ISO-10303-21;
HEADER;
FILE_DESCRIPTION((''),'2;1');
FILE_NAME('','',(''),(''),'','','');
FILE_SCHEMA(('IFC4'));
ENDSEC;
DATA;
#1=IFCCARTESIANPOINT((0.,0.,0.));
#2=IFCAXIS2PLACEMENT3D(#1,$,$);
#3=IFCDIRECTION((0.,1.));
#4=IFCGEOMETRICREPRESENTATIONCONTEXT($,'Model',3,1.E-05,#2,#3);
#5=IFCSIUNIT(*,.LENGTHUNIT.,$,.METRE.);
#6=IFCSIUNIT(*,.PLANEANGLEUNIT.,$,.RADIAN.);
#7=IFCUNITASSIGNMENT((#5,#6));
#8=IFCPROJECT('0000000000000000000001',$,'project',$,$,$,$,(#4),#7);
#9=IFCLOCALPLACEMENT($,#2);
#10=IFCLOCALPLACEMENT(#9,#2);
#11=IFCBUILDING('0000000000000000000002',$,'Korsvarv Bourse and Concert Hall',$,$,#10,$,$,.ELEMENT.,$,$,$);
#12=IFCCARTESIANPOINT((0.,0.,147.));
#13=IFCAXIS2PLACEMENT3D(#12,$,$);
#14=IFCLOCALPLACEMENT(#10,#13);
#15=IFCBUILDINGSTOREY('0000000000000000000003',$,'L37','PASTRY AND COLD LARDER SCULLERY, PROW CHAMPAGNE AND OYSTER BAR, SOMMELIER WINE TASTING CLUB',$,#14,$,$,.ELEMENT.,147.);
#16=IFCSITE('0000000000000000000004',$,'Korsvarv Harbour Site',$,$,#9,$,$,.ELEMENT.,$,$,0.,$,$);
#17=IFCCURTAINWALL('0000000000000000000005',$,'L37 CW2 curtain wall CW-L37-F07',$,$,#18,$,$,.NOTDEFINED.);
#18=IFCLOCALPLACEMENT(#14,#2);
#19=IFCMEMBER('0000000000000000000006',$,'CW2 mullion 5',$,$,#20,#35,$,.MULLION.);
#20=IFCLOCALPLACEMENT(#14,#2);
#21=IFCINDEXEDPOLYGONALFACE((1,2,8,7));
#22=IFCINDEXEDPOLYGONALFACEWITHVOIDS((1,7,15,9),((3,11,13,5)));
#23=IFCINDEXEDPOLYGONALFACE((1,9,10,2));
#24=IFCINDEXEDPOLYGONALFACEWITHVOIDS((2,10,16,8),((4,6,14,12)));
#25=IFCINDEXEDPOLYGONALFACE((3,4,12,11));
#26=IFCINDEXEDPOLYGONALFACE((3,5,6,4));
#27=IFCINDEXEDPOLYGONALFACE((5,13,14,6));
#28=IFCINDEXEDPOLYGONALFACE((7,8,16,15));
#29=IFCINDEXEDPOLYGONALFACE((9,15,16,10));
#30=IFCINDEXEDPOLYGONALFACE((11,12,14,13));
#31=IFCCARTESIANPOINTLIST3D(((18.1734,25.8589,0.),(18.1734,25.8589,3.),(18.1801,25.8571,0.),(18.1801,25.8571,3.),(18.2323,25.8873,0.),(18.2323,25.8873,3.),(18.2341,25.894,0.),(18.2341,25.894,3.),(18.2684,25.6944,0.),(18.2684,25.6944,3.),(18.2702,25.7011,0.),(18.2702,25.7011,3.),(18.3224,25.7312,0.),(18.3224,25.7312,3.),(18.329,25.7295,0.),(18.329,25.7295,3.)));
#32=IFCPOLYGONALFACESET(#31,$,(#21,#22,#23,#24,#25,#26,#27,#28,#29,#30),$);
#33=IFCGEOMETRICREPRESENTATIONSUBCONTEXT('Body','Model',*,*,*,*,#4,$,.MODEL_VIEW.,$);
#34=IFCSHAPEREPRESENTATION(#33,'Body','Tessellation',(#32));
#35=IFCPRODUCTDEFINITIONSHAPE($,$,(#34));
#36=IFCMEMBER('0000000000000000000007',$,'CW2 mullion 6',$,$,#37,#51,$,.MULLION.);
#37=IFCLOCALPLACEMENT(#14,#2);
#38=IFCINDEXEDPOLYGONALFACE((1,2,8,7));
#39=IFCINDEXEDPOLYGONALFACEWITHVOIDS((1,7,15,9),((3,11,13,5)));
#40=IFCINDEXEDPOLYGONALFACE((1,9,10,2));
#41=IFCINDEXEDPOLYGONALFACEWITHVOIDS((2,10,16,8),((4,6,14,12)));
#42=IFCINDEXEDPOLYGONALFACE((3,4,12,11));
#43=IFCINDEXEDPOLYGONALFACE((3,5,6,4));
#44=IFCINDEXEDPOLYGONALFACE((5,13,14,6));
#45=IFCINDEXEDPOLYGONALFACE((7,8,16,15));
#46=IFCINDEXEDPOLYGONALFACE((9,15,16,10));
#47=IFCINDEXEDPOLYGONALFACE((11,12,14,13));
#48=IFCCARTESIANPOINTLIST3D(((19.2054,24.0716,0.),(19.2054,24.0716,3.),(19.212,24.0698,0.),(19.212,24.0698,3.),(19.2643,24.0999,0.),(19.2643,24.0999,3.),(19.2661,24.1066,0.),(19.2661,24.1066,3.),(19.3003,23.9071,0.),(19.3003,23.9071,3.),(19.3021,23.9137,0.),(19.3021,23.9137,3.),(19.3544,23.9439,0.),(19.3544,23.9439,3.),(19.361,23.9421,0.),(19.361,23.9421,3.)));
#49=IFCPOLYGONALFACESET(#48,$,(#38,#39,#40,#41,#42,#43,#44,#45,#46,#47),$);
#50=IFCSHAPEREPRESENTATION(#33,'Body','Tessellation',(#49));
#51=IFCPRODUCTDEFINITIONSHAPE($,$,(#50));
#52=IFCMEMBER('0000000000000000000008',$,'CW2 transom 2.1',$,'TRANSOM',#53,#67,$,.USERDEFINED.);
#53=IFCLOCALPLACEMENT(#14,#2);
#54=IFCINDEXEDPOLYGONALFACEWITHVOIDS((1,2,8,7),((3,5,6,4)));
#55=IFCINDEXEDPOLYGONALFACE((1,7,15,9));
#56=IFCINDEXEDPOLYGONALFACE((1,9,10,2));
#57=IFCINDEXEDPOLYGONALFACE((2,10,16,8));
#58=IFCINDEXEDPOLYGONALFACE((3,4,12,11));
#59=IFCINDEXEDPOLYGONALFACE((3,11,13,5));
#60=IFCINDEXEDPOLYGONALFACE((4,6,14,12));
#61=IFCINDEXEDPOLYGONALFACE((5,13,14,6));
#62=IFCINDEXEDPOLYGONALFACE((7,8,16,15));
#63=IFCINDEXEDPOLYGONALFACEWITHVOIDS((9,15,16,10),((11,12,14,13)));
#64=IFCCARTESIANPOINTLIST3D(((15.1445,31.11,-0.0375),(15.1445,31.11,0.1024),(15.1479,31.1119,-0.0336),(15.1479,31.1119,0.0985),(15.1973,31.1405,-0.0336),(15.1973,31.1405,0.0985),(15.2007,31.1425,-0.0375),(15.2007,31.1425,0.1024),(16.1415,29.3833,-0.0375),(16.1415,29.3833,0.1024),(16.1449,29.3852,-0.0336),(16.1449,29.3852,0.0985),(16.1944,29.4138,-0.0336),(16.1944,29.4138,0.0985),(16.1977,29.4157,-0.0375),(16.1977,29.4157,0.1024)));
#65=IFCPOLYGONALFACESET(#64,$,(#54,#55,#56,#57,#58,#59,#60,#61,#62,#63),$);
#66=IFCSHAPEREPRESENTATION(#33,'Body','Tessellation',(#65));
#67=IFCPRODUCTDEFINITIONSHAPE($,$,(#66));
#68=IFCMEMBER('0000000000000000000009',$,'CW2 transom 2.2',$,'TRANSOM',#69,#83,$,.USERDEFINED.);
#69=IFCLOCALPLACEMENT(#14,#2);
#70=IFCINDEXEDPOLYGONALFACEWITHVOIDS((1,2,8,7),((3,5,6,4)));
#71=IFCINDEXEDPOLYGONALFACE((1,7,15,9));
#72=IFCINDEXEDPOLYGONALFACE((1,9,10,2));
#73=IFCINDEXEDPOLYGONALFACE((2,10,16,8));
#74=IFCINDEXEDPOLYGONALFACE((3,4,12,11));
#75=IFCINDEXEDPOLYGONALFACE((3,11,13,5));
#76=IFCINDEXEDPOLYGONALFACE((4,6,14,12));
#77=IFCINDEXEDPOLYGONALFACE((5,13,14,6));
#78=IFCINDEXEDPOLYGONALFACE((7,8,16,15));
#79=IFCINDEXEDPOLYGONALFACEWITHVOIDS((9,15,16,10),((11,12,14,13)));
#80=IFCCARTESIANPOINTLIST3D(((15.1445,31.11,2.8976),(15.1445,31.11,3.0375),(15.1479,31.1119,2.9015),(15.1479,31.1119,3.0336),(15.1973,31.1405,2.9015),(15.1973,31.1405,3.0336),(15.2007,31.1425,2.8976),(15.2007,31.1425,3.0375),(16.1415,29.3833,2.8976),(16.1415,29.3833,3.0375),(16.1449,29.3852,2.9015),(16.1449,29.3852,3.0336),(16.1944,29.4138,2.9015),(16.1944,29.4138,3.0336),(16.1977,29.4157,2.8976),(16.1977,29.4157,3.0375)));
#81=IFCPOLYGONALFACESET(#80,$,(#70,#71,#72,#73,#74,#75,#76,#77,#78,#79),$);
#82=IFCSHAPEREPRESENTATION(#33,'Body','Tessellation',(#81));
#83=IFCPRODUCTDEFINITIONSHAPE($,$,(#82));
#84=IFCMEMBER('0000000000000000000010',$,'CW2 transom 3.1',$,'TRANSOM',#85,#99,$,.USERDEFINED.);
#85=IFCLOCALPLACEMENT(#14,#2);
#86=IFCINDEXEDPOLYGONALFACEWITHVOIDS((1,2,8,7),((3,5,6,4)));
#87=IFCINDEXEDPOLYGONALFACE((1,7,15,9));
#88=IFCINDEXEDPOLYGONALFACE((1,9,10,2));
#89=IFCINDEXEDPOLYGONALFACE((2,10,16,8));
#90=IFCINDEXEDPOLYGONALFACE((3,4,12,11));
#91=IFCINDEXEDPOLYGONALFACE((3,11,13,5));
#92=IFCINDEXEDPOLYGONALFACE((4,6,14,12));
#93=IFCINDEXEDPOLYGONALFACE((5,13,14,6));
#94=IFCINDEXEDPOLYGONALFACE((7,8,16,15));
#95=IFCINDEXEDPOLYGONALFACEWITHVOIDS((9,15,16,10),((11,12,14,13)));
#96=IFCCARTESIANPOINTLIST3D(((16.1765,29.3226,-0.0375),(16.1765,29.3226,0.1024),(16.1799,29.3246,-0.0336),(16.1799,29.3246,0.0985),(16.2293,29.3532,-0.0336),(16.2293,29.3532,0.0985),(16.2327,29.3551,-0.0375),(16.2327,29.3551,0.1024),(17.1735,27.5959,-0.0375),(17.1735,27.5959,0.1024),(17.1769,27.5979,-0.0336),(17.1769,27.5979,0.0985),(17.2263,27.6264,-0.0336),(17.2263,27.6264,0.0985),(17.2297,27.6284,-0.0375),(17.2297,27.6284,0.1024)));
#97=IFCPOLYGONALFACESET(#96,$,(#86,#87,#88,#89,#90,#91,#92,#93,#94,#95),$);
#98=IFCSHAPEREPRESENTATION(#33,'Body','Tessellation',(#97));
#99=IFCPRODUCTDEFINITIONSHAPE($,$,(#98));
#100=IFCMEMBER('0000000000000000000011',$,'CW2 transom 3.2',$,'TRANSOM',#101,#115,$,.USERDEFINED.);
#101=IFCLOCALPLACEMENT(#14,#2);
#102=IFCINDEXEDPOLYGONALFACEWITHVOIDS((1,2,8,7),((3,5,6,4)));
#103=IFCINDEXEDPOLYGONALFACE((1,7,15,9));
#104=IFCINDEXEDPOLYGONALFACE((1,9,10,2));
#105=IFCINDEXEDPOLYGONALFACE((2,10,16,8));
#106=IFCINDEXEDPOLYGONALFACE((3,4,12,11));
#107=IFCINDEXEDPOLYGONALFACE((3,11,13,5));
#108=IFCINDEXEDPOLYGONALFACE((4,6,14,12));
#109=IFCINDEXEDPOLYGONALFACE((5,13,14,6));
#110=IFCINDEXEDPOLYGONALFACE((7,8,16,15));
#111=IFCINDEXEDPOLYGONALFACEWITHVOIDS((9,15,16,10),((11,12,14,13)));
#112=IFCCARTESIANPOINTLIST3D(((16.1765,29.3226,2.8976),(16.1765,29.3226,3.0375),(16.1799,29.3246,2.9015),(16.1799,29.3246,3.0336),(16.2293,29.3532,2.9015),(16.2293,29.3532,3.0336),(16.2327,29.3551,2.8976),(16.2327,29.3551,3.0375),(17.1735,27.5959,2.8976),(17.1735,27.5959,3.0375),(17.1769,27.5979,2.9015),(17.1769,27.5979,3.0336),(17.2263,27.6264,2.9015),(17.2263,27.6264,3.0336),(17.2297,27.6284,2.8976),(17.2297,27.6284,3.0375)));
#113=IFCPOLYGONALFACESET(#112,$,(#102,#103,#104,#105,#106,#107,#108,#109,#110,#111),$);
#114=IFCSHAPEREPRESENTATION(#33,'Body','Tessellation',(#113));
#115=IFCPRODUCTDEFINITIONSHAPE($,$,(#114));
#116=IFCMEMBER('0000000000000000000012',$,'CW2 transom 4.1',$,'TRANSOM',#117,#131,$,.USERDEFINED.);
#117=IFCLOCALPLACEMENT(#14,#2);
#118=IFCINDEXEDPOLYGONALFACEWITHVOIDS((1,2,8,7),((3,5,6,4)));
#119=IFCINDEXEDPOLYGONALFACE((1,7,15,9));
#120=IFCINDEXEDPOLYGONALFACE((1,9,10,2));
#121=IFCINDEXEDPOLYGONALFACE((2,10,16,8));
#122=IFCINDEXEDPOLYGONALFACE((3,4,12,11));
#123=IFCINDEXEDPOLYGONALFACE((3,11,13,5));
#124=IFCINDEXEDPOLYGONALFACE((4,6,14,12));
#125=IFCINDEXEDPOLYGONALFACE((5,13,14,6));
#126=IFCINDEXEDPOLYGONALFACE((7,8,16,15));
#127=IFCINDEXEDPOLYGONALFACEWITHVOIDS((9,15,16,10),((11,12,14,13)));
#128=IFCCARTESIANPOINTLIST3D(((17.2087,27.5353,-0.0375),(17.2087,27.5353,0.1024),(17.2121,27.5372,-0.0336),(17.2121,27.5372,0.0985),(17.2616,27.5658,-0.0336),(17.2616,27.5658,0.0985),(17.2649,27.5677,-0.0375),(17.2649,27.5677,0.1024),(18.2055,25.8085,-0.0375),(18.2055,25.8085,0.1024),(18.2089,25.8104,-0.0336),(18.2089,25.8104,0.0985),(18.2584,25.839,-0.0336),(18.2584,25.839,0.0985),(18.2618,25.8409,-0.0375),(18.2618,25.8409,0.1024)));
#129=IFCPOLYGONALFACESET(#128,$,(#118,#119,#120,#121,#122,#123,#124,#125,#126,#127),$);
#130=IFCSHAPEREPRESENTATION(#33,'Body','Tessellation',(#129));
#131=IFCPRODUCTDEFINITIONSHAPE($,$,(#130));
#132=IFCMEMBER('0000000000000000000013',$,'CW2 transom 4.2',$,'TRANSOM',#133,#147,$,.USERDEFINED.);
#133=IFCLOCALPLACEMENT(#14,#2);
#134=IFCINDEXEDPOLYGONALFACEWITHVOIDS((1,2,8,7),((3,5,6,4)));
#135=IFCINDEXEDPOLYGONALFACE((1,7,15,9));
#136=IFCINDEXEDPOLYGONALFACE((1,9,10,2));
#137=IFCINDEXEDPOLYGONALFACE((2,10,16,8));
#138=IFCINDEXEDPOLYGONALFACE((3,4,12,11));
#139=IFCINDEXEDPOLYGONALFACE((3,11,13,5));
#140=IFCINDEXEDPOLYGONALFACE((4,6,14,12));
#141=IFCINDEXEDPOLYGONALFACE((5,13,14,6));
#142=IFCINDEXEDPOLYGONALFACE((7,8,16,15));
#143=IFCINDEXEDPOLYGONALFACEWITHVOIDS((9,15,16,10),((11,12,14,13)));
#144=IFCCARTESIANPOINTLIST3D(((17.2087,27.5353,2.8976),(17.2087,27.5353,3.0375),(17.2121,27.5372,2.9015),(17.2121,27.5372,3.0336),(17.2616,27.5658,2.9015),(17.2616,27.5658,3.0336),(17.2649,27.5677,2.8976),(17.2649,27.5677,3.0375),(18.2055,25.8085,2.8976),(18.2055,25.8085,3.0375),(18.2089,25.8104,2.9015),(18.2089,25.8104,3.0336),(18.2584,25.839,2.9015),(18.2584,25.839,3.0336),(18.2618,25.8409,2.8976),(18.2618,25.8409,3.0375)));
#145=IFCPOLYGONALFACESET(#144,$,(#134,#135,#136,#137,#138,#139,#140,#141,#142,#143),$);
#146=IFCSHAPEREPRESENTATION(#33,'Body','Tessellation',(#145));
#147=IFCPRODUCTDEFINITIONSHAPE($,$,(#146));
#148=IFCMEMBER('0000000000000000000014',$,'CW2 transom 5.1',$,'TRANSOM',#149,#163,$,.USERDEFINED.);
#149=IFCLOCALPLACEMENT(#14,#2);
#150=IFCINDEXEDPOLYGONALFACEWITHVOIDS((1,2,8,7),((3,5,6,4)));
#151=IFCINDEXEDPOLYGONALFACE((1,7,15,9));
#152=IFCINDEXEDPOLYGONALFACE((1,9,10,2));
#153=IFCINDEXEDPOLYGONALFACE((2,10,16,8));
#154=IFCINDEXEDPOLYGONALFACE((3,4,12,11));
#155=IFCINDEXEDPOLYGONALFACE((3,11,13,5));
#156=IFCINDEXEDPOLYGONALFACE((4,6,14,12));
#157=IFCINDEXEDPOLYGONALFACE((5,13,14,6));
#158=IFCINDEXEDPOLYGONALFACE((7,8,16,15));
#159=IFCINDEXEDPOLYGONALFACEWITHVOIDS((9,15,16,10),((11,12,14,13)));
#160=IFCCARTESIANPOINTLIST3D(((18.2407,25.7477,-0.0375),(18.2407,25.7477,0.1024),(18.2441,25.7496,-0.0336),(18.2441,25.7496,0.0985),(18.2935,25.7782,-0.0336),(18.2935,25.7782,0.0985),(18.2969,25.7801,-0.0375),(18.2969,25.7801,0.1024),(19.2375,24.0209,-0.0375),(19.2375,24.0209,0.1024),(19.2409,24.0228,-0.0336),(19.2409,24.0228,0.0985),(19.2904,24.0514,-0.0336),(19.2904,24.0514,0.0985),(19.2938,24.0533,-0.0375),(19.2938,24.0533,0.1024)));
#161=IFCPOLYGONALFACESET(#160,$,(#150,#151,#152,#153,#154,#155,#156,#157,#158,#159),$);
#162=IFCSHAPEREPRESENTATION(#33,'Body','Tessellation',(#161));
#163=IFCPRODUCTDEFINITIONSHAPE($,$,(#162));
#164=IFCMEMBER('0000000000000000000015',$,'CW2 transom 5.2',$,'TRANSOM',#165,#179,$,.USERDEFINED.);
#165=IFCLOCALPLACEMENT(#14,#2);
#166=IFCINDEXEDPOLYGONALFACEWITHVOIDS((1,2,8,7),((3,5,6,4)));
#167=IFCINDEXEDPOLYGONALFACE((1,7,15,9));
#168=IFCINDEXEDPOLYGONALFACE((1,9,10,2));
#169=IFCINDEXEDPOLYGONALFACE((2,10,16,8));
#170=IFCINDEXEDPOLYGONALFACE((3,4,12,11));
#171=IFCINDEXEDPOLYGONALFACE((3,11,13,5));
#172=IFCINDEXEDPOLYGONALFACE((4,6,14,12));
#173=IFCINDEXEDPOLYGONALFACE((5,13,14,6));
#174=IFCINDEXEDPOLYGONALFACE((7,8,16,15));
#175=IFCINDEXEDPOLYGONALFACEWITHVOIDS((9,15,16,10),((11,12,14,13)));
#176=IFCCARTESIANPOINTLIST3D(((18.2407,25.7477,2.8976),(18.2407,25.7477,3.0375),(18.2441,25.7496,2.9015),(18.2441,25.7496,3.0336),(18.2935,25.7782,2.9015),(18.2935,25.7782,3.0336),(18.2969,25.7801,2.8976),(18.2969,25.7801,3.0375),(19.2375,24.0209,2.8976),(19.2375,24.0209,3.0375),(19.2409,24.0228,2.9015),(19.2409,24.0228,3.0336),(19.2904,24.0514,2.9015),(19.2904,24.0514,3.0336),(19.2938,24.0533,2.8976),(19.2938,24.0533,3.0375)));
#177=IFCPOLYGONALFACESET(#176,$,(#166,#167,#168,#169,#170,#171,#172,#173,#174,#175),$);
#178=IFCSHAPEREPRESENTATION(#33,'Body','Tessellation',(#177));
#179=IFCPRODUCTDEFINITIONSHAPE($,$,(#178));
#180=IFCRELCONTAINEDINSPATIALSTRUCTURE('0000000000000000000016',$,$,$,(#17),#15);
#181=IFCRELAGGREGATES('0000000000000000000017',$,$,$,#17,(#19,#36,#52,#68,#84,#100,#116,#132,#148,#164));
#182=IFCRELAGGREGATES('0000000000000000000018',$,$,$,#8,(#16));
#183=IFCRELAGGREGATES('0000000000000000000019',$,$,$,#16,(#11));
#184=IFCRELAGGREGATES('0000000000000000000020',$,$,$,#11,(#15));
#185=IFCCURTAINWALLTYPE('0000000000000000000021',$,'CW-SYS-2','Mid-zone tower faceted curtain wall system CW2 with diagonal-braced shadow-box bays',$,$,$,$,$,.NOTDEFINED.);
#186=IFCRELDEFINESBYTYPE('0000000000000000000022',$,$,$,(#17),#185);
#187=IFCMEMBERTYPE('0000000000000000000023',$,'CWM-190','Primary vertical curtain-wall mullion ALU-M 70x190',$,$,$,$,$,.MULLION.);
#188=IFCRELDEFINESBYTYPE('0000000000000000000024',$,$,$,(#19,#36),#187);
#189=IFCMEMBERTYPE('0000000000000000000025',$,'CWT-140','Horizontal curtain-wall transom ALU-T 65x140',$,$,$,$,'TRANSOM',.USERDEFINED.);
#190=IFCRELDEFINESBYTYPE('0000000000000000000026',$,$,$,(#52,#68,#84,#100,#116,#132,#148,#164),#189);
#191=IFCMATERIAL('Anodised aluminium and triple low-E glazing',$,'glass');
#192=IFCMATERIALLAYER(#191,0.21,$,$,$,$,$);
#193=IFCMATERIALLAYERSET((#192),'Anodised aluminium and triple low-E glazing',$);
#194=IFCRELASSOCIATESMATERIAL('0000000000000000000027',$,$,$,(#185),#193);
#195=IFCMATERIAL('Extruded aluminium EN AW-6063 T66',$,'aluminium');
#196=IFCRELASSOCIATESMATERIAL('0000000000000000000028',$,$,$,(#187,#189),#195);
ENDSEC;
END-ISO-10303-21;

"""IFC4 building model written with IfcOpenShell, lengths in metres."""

from ifc_helpers import new_model, si_unit, direction, frame, origin, origin_2d, place, context, subcontext, project, spatial, hollow_rectangle, extrude, source, transform, mapped, material, layer, layer_set, material_profile, profile_set, type_object, element, aggregate, save


model = new_model("IFC4")

# Units and contexts
model_context = context("Model", 3, precision=1e-05, world=origin(), true_north=direction((0.0, 1.0)))
body_context = subcontext(model_context, "Body", "Model", "MODEL_VIEW")
ifc_project = project(units=[si_unit("LENGTHUNIT", "METRE"), si_unit("PLANEANGLEUNIT", "RADIAN")], contexts=[model_context])

# Site, building, storey
site_placement = place(None, origin())
site = spatial("IfcSite", under=ifc_project, at=site_placement, Name="Korsvarv Harbour Site", CompositionType="ELEMENT", RefElevation=0.0)
building_placement = place(site_placement, origin())
building = spatial("IfcBuilding", under=site, at=building_placement, Name="Korsvarv Bourse and Concert Hall", CompositionType="ELEMENT")
storey_placement = place(building_placement, frame((0.0, 0.0, 147.0)))
storey = spatial("IfcBuildingStorey", under=building, at=storey_placement, Name="L37", Description="PASTRY AND COLD LARDER SCULLERY, PROW CHAMPAGNE AND OYSTER BAR, SOMMELIER WINE TASTING CLUB", CompositionType="ELEMENT", Elevation=147.0)

# Curtain wall, members
ifc_material_1 = material(Name="Anodised aluminium and triple low-E glazing", Category="glass")
ifc_layer_1 = layer(ifc_material_1, 0.21)
ifc_layer_set_1 = layer_set([ifc_layer_1], Name="Anodised aluminium and triple low-E glazing")
curtain_wall_type = type_object("IfcCurtainWallType", Name="CW-SYS-2", Description="Mid-zone tower faceted curtain wall system CW2 with diagonal-braced shadow-box bays", PredefinedType="NOTDEFINED", material=ifc_layer_set_1)
curtain_wall_placement = place(storey_placement, origin())
curtain_wall = element("IfcCurtainWall", 1, at=curtain_wall_placement, inside=storey, type_object=curtain_wall_type, Name="L37 CW2 curtain wall CW-L37-F07", PredefinedType="NOTDEFINED")
ifc_material_2 = material(Name="Extruded aluminium EN AW-6063 T66", Category="aluminium")
ifc_material_profile_1 = material_profile(ifc_material_2, hollow_rectangle(XDim=0.0701, YDim=0.1899, WallThickness=0.0049, at=origin_2d()), Name="ALU-M 70x190")
ifc_profile_set_1 = profile_set([ifc_material_profile_1], Name="Extruded aluminium EN AW-6063 T66")
member_type_1 = type_object("IfcMemberType", Name="CWM-190", Description="Primary vertical curtain-wall mullion ALU-M 70x190", PredefinedType="MULLION", material=ifc_profile_set_1)
shared_shape_1 = source(origin(), body_context, "Body", "SweptSolid", [
    extrude(hollow_rectangle(XDim=0.0701, YDim=0.1899, WallThickness=0.0049, at=origin_2d()), origin(), (0.0, 0.0, 1.0), 3.0),
])
member_1_placement = place(storey_placement, frame((18.2512, 25.7942, 0.0), z_axis=(0.0, 0.0, 1.0), x_axis=(0.866022, 0.500006, 0.0)))
member_1 = element("IfcMember", 2, at=member_1_placement, type_object=member_type_1, Name="CW2 mullion 5", PredefinedType="MULLION", context=body_context, shape_type="MappedRepresentation", body=[
    mapped(shared_shape_1, transform((0.0, 0.0, 0.0), scale=1.0)),
])
member_2_placement = place(storey_placement, frame((19.2832, 24.0068, 0.0), z_axis=(0.0, 0.0, 1.0), x_axis=(0.866022, 0.500006, 0.0)))
member_2 = element("IfcMember", 3, at=member_2_placement, type_object=member_type_1, Name="CW2 mullion 6", PredefinedType="MULLION", context=body_context, shape_type="MappedRepresentation", body=[
    mapped(shared_shape_1, transform((0.0, 0.0, 0.0), scale=1.0)),
])
ifc_material_profile_2 = material_profile(ifc_material_2, hollow_rectangle(XDim=0.0649, YDim=0.1399, WallThickness=0.0039, at=origin_2d()), Name="ALU-T 65x140")
ifc_profile_set_2 = profile_set([ifc_material_profile_2], Name="Extruded aluminium EN AW-6063 T66")
member_type_2 = type_object("IfcMemberType", Name="CWT-140", Description="Horizontal curtain-wall transom ALU-T 65x140", ElementType="TRANSOM", PredefinedType="USERDEFINED", material=ifc_profile_set_2)
shared_shape_2 = source(origin(), body_context, "Body", "SweptSolid", [
    extrude(hollow_rectangle(XDim=0.0649, YDim=0.1399, WallThickness=0.0039, at=origin_2d()), origin(), (0.0, 0.0, 1.0), 1.9939),
])
member_3_placement = place(storey_placement, frame((15.1726, 31.1262, 0.0325), z_axis=(0.500037, -0.866004, 0.0), x_axis=(0.866004, 0.500037, 0.0)))
member_3 = element("IfcMember", 4, at=member_3_placement, type_object=member_type_2, Name="CW2 transom 2.1", ObjectType="TRANSOM", PredefinedType="USERDEFINED", context=body_context, shape_type="MappedRepresentation", body=[
    mapped(shared_shape_2, transform((0.0, 0.0, 0.0), scale=1.0)),
])
member_4_placement = place(storey_placement, frame((15.1726, 31.1262, 2.9675), z_axis=(0.500037, -0.866004, 0.0), x_axis=(0.866004, 0.500037, 0.0)))
member_4 = element("IfcMember", 5, at=member_4_placement, type_object=member_type_2, Name="CW2 transom 2.2", ObjectType="TRANSOM", PredefinedType="USERDEFINED", context=body_context, shape_type="MappedRepresentation", body=[
    mapped(shared_shape_2, transform((0.0, 0.0, 0.0), scale=1.0)),
])
member_5_placement = place(storey_placement, frame((16.2046, 29.3389, 0.0325), z_axis=(0.500037, -0.866004, 0.0), x_axis=(0.866004, 0.500037, 0.0)))
member_5 = element("IfcMember", 6, at=member_5_placement, type_object=member_type_2, Name="CW2 transom 3.1", ObjectType="TRANSOM", PredefinedType="USERDEFINED", context=body_context, shape_type="MappedRepresentation", body=[
    mapped(shared_shape_2, transform((0.0, 0.0, 0.0), scale=1.0)),
])
member_6_placement = place(storey_placement, frame((16.2046, 29.3389, 2.9675), z_axis=(0.500037, -0.866004, 0.0), x_axis=(0.866004, 0.500037, 0.0)))
member_6 = element("IfcMember", 7, at=member_6_placement, type_object=member_type_2, Name="CW2 transom 3.2", ObjectType="TRANSOM", PredefinedType="USERDEFINED", context=body_context, shape_type="MappedRepresentation", body=[
    mapped(shared_shape_2, transform((0.0, 0.0, 0.0), scale=1.0)),
])
member_7_placement = place(storey_placement, frame((17.2368, 27.5515, 0.0325), z_axis=(0.499945, -0.866057, 0.0), x_axis=(0.866057, 0.499945, 0.0)))
member_7 = element("IfcMember", 8, at=member_7_placement, type_object=member_type_2, Name="CW2 transom 4.1", ObjectType="TRANSOM", PredefinedType="USERDEFINED", context=body_context, shape_type="MappedRepresentation", body=[
    mapped(shared_shape_2, transform((0.0, 0.0, 0.0), scale=1.0)),
])
member_8_placement = place(storey_placement, frame((17.2368, 27.5515, 2.9675), z_axis=(0.499945, -0.866057, 0.0), x_axis=(0.866057, 0.499945, 0.0)))
member_8 = element("IfcMember", 9, at=member_8_placement, type_object=member_type_2, Name="CW2 transom 4.2", ObjectType="TRANSOM", PredefinedType="USERDEFINED", context=body_context, shape_type="MappedRepresentation", body=[
    mapped(shared_shape_2, transform((0.0, 0.0, 0.0), scale=1.0)),
])
member_9_placement = place(storey_placement, frame((18.2688, 25.7639, 0.0325), z_axis=(0.499945, -0.866057, 0.0), x_axis=(0.866057, 0.499945, 0.0)))
member_9 = element("IfcMember", 10, at=member_9_placement, type_object=member_type_2, Name="CW2 transom 5.1", ObjectType="TRANSOM", PredefinedType="USERDEFINED", context=body_context, shape_type="MappedRepresentation", body=[
    mapped(shared_shape_2, transform((0.0, 0.0, 0.0), scale=1.0)),
])
member_10_placement = place(storey_placement, frame((18.2688, 25.7639, 2.9675), z_axis=(0.499945, -0.866057, 0.0), x_axis=(0.866057, 0.499945, 0.0)))
member_10 = element("IfcMember", 11, at=member_10_placement, type_object=member_type_2, Name="CW2 transom 5.2", ObjectType="TRANSOM", PredefinedType="USERDEFINED", context=body_context, shape_type="MappedRepresentation", body=[
    mapped(shared_shape_2, transform((0.0, 0.0, 0.0), scale=1.0)),
])
aggregate(curtain_wall, [member_1, member_2, member_3, member_4, member_5, member_6, member_7, member_8, member_9, member_10])

save(model, "model.ifc")
